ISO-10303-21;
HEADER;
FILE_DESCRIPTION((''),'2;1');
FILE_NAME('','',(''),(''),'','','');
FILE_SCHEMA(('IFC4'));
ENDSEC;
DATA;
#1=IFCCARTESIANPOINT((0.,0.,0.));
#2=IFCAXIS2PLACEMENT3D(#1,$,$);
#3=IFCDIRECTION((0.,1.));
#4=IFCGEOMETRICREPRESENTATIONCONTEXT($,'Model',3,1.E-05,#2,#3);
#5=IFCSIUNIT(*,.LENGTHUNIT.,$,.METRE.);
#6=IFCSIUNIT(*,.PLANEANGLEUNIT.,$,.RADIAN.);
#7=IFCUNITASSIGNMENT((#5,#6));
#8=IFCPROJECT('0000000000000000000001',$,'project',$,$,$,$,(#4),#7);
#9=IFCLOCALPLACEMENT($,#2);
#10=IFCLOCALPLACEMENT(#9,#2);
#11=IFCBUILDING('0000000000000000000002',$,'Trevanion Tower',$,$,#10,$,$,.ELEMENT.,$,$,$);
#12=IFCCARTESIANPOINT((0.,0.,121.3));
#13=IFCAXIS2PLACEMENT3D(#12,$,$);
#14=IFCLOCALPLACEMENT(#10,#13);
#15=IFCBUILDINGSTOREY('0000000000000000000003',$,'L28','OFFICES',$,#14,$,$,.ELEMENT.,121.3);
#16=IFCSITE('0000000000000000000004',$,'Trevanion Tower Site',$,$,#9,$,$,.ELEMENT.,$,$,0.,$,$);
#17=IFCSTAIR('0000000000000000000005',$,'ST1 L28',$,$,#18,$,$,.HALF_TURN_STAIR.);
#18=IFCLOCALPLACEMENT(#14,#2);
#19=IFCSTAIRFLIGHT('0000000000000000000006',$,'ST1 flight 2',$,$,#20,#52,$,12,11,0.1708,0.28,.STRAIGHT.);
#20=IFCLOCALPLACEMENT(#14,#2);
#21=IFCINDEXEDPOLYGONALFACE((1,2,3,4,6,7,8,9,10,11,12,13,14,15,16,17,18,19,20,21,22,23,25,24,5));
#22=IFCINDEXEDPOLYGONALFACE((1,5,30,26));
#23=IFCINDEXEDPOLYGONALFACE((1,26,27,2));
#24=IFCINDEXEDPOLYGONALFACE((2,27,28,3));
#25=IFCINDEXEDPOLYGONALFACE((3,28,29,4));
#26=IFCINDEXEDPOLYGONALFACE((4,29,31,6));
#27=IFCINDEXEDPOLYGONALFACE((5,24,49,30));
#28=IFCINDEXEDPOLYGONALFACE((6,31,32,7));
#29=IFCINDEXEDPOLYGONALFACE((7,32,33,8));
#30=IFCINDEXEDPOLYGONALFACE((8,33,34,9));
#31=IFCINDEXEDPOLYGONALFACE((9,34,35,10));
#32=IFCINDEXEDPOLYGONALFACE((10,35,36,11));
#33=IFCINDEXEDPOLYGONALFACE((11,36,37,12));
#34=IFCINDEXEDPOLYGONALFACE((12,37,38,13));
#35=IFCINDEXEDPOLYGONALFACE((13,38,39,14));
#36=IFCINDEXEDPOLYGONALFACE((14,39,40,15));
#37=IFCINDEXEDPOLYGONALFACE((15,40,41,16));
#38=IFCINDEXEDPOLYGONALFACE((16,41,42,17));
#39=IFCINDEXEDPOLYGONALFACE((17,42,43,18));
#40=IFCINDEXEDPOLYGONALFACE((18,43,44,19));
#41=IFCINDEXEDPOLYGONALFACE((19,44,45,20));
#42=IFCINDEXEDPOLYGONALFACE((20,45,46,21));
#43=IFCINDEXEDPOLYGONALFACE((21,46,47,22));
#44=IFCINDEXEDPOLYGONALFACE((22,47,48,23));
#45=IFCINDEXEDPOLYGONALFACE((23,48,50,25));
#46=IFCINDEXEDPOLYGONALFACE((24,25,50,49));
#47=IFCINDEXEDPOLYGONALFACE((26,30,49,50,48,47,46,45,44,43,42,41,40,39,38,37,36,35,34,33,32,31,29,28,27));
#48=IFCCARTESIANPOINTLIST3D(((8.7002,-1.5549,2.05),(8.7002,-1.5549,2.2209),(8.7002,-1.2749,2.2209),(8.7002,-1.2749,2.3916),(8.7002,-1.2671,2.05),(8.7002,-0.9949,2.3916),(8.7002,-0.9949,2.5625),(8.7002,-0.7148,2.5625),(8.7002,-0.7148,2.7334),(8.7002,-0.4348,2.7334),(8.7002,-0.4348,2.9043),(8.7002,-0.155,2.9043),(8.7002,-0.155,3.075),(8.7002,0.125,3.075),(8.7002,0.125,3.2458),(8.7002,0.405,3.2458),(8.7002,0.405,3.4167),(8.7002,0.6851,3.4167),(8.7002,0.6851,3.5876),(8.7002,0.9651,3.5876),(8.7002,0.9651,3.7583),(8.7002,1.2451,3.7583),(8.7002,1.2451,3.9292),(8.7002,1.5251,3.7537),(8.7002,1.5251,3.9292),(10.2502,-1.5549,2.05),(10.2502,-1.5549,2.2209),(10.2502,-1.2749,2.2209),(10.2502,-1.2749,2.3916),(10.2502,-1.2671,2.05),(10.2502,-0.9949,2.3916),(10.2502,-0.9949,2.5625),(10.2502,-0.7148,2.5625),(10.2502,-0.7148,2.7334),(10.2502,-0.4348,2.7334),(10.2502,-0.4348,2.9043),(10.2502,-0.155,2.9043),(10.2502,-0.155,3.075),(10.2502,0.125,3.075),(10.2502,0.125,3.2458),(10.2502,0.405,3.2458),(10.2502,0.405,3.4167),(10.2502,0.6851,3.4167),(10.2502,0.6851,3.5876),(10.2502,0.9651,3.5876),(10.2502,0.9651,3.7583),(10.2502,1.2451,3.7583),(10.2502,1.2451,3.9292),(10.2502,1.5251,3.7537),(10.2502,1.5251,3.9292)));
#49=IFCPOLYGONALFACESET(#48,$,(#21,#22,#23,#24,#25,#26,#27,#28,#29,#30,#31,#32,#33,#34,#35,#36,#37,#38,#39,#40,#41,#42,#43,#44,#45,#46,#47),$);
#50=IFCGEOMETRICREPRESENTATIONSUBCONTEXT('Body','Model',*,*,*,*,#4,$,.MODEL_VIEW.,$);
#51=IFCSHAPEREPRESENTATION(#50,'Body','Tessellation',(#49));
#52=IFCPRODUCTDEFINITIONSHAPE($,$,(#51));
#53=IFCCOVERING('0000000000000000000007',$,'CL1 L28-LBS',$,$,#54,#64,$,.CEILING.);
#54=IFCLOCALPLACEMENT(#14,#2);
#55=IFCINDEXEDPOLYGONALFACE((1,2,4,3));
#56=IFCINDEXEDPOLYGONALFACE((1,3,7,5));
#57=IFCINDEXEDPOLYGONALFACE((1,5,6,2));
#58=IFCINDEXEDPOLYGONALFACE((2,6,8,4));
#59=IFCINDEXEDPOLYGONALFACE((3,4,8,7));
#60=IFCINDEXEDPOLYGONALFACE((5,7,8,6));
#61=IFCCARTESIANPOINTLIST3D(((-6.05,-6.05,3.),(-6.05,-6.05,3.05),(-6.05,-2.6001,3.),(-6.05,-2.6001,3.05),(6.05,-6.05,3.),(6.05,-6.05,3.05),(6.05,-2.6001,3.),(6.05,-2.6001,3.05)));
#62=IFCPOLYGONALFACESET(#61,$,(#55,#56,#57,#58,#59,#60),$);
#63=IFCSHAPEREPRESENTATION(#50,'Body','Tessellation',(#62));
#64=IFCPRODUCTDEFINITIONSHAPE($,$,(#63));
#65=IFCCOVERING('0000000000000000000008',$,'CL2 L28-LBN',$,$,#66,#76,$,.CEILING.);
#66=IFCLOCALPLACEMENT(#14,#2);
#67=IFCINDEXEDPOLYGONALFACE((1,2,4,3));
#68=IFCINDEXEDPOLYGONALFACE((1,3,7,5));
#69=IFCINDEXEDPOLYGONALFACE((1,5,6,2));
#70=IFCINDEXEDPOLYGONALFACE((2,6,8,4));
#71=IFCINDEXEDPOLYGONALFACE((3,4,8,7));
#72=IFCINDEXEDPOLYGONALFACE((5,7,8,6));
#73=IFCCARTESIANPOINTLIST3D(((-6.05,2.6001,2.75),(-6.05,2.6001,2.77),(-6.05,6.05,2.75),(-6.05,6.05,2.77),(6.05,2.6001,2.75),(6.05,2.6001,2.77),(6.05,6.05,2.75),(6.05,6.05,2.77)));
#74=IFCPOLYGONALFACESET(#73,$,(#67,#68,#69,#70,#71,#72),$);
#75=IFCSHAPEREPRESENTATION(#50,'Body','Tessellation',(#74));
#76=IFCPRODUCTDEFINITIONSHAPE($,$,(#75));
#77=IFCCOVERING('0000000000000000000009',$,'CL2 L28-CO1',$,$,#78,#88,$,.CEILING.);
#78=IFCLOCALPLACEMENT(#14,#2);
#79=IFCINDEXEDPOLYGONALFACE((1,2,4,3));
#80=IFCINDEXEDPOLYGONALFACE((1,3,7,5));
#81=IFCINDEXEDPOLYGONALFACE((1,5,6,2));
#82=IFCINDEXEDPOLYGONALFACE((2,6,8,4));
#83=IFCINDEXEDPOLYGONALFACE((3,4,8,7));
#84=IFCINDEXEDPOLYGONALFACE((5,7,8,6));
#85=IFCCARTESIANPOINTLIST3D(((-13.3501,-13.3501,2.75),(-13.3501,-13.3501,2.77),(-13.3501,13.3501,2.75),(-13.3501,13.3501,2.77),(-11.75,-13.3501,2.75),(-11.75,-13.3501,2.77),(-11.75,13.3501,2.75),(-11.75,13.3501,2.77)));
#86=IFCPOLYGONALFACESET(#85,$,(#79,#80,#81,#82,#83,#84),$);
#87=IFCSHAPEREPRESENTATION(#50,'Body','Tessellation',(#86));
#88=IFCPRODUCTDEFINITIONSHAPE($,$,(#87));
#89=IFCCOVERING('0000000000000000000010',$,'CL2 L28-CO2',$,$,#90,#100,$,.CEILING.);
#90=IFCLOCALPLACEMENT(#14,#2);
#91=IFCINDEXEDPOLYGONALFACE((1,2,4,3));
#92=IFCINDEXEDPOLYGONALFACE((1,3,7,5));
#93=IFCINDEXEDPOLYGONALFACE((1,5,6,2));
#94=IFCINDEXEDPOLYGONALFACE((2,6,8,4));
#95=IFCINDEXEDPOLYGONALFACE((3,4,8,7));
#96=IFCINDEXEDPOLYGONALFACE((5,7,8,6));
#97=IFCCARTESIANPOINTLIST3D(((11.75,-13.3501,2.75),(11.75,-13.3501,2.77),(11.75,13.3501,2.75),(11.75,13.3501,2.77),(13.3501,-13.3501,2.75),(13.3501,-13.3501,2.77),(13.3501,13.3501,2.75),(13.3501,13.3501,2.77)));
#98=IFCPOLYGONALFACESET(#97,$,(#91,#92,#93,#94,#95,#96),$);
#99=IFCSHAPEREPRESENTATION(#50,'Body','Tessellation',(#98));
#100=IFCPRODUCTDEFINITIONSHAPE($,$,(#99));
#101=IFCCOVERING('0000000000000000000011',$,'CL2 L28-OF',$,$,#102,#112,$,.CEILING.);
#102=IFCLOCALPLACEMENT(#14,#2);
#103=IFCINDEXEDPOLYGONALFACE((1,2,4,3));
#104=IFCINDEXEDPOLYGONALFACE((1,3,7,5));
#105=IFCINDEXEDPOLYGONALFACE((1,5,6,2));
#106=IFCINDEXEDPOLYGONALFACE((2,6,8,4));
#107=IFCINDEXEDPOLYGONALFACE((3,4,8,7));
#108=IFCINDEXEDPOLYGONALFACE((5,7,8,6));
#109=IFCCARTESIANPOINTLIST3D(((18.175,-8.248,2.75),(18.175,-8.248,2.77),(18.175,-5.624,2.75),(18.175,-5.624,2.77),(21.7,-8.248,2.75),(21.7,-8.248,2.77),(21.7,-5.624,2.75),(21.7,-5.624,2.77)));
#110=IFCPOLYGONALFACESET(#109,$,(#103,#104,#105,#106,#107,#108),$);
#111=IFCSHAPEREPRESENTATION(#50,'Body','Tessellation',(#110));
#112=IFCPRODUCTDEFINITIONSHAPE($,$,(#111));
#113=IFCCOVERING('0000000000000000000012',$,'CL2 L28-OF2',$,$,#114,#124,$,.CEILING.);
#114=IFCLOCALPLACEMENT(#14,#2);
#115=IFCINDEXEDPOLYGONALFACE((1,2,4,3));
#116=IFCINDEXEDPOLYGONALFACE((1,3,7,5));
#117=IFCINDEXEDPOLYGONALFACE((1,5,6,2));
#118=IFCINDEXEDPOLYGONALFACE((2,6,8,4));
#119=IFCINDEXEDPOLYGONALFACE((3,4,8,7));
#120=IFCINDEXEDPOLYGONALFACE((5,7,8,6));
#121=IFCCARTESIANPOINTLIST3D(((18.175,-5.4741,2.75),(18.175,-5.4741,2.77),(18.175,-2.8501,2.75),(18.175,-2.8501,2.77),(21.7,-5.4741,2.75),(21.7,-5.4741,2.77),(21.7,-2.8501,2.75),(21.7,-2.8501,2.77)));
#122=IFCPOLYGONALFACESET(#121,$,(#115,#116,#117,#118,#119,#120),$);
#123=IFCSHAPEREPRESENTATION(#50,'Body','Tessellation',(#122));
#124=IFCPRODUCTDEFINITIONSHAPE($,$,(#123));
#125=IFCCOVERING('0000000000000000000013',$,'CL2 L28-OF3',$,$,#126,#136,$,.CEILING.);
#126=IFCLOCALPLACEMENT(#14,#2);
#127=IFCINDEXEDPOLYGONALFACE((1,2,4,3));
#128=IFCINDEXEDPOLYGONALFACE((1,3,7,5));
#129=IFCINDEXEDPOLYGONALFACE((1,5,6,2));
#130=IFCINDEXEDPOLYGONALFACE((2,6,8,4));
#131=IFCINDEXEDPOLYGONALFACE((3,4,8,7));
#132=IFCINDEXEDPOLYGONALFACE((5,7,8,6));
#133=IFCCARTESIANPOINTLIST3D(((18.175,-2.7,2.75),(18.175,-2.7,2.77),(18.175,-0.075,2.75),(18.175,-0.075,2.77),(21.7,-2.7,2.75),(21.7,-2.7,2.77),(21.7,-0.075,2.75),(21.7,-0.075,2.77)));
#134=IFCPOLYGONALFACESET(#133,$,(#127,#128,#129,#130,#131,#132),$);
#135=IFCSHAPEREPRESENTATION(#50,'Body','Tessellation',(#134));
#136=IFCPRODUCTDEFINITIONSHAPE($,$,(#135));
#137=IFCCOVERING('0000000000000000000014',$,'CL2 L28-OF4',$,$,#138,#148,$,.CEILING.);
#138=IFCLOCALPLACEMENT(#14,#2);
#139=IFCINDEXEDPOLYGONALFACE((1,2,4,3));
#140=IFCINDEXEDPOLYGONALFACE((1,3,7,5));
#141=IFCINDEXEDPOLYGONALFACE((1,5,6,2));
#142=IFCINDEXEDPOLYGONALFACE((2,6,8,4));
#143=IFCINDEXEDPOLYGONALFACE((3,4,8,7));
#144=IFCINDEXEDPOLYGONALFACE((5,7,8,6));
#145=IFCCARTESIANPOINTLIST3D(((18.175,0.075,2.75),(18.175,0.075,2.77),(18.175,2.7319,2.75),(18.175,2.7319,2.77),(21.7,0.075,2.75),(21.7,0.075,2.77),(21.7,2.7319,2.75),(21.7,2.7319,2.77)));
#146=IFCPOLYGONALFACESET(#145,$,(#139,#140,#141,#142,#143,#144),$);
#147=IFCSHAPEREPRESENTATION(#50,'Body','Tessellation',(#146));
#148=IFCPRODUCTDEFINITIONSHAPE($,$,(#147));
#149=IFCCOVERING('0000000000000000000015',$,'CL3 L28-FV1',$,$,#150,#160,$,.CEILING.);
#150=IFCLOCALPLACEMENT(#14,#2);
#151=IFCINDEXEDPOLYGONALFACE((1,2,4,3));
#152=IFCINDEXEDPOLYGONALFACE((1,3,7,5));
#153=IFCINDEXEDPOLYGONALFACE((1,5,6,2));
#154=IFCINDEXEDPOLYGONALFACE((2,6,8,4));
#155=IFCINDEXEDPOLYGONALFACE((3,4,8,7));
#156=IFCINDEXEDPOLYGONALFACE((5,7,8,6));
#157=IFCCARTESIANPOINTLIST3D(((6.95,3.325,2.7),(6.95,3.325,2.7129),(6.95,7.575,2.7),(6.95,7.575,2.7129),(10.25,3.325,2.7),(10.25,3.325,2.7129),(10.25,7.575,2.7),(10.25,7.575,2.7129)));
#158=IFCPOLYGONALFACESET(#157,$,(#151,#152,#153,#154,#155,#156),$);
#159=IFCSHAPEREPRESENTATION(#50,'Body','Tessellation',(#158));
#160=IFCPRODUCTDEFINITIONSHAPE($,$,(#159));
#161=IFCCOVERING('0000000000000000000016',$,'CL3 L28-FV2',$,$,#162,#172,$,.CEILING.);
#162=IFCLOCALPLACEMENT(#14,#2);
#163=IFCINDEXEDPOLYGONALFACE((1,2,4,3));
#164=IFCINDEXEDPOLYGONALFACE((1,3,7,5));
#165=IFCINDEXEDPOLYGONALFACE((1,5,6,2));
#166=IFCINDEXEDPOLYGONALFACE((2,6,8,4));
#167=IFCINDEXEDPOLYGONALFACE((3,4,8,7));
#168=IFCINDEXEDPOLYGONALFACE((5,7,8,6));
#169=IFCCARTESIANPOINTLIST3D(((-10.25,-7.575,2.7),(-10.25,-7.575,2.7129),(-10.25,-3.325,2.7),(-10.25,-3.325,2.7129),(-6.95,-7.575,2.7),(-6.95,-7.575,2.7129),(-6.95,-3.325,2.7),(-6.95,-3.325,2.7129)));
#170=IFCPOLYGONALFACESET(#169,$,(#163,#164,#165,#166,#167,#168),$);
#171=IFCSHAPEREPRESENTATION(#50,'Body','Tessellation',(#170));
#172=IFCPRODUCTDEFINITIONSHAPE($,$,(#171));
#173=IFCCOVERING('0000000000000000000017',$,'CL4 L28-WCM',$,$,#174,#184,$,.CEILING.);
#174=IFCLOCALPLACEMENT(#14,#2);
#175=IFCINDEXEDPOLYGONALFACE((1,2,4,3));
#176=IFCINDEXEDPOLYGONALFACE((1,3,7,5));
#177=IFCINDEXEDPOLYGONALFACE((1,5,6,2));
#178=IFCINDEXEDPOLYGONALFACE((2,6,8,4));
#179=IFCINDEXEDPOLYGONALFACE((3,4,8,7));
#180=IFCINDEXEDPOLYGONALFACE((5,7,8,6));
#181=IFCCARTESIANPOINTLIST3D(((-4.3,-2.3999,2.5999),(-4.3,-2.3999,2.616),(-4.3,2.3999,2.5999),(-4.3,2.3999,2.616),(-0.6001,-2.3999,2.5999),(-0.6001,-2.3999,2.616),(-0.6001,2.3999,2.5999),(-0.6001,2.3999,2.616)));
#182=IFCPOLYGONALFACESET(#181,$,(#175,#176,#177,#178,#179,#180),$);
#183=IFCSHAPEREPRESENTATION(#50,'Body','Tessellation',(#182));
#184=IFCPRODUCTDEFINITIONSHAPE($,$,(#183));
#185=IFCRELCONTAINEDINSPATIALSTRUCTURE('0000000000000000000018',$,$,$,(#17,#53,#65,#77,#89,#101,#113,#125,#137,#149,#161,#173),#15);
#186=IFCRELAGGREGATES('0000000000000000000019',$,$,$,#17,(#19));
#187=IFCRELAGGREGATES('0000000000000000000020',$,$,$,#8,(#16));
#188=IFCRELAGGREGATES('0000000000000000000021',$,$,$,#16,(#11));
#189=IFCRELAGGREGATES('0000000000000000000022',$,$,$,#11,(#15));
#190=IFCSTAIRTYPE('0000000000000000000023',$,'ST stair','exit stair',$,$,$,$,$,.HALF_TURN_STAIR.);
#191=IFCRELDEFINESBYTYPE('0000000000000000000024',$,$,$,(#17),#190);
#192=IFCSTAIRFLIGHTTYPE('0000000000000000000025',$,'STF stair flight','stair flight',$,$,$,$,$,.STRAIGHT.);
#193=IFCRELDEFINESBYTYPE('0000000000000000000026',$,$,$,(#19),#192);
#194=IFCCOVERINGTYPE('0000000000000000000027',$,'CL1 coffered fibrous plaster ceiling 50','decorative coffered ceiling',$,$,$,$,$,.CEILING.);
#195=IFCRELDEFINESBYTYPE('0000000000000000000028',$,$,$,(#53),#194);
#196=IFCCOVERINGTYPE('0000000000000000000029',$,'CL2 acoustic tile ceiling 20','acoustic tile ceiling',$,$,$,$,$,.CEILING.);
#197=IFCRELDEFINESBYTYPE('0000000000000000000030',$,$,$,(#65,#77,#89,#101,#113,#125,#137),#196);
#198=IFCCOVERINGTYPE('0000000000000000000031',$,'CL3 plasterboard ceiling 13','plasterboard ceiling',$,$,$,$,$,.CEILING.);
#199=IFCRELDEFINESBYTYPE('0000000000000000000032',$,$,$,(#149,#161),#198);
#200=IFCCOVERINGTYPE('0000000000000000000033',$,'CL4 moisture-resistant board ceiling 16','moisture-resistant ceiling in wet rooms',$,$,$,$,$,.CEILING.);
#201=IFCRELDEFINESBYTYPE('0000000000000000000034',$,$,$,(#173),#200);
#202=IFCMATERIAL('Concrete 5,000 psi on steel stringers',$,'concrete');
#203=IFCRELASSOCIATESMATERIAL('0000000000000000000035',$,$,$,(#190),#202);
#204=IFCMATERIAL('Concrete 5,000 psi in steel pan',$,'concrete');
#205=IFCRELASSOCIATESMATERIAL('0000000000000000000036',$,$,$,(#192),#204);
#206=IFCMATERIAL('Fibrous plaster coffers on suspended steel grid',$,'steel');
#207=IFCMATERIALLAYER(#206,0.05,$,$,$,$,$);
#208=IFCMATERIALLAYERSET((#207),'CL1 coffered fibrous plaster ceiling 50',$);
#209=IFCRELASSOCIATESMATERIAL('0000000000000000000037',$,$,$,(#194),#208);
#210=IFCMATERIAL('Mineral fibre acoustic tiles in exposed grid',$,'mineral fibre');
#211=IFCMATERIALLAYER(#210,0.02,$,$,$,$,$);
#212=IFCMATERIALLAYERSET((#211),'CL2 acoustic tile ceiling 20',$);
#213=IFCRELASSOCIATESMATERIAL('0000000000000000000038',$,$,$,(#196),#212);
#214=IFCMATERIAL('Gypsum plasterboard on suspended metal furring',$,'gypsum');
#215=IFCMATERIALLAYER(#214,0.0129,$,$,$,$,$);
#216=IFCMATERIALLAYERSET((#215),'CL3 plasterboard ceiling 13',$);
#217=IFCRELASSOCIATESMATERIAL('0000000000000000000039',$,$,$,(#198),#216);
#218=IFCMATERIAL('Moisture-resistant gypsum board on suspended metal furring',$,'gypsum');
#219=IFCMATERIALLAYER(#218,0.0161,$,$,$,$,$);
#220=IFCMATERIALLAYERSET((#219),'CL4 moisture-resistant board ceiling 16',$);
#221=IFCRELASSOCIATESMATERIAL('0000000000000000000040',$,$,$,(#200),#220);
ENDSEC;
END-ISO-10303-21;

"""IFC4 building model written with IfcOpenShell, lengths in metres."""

from ifc_helpers import new_model, si_unit, direction, frame, origin, place, context, subcontext, project, spatial, polyline, outline, extrude, material, layer, layer_set, type_object, element, aggregate, save


model = new_model("IFC4")

# Units and contexts
model_context = context("Model", 3, precision=1e-05, world=origin(), true_north=direction((0.0, 1.0)))
body_context = subcontext(model_context, "Body", "Model", "MODEL_VIEW")
ifc_project = project(units=[si_unit("LENGTHUNIT", "METRE"), si_unit("PLANEANGLEUNIT", "RADIAN")], contexts=[model_context])

# Site, building, storey
site_placement = place(None, origin())
site = spatial("IfcSite", under=ifc_project, at=site_placement, Name="Trevanion Tower Site", CompositionType="ELEMENT", RefElevation=0.0)
building_placement = place(site_placement, origin())
building = spatial("IfcBuilding", under=site, at=building_placement, Name="Trevanion Tower", CompositionType="ELEMENT")
storey_placement = place(building_placement, frame((0.0, 0.0, 121.3)))
storey = spatial("IfcBuildingStorey", under=building, at=storey_placement, Name="L28", Description="OFFICES", CompositionType="ELEMENT", Elevation=121.3)

# Stair, stair flight
ifc_material_1 = material(Name="Concrete 5,000 psi on steel stringers", Category="concrete")
stair_type = type_object("IfcStairType", Name="ST stair", Description="exit stair", PredefinedType="HALF_TURN_STAIR", material=ifc_material_1)
stair_placement = place(storey_placement, origin())
stair = element("IfcStair", 1, at=stair_placement, inside=storey, type_object=stair_type, Name="ST1 L28", PredefinedType="HALF_TURN_STAIR")
ifc_material_2 = material(Name="Concrete 5,000 psi in steel pan", Category="concrete")
stair_flight_type = type_object("IfcStairFlightType", Name="STF stair flight", Description="stair flight", PredefinedType="STRAIGHT", material=ifc_material_2)
stair_flight_placement = place(storey_placement, frame((9.4751, -1.5549, 2.05), z_axis=(0.0, 0.0, 1.0), x_axis=(0.0, 1.0, 0.0)))
stair_flight = element("IfcStairFlight", 2, at=stair_flight_placement, type_object=stair_flight_type, Name="ST1 flight 2", NumberOfRisers=12, NumberOfTreads=11, PredefinedType="STRAIGHT", RiserHeight=0.1708, TreadLength=0.28, context=body_context, shape_type="SweptSolid", body=[
    extrude(outline(polyline([(0.0, 0.0), (0.0, 0.1709), (0.28, 0.1709), (0.28, 0.3416), (0.5601, 0.3416), (0.5601, 0.5125), (0.8401, 0.5125), (0.8401, 0.6833), (1.1201, 0.6833), (1.1201, 0.8542), (1.3999, 0.8542), (1.3999, 1.0249), (1.6799, 1.0249), (1.6799, 1.1958), (1.96, 1.1958), (1.96, 1.3667), (2.24, 1.3667), (2.24, 1.5376), (2.52, 1.5376), (2.52, 1.7083), (2.8, 1.7083), (2.8, 1.8792), (3.0801, 1.8792), (3.0801, 2.05), (3.0801, 1.7036), (0.2878, 0.0), (0.0, 0.0)])), frame((0.0, 0.7749, 0.0), z_axis=(0.0, -1.0, 0.0), x_axis=(1.0, 0.0, 0.0)), (0.0, 0.0, 1.0), 1.55),
])
aggregate(stair, [stair_flight])

# Coverings
ifc_material_3 = material(Name="Fibrous plaster coffers on suspended steel grid", Category="steel")
ifc_layer_1 = layer(ifc_material_3, 0.05)
ifc_layer_set_1 = layer_set([ifc_layer_1], Name="CL1 coffered fibrous plaster ceiling 50")
covering_type_1 = type_object("IfcCoveringType", Name="CL1 coffered fibrous plaster ceiling 50", Description="decorative coffered ceiling", PredefinedType="CEILING", material=ifc_layer_set_1)
covering_1_placement = place(storey_placement, frame((0.0, 0.0, 3.0)))
element("IfcCovering", 3, at=covering_1_placement, inside=storey, type_object=covering_type_1, Name="CL1 L28-LBS", PredefinedType="CEILING", context=body_context, shape_type="SweptSolid", body=[
    extrude(outline(polyline([(6.05, -6.05), (6.05, -2.6001), (-6.05, -2.6001), (-6.05, -6.05), (6.05, -6.05)])), origin(), (0.0, 0.0, 1.0), 0.05),
])
ifc_material_4 = material(Name="Mineral fibre acoustic tiles in exposed grid", Category="mineral fibre")
ifc_layer_2 = layer(ifc_material_4, 0.02)
ifc_layer_set_2 = layer_set([ifc_layer_2], Name="CL2 acoustic tile ceiling 20")
covering_type_2 = type_object("IfcCoveringType", Name="CL2 acoustic tile ceiling 20", Description="acoustic tile ceiling", PredefinedType="CEILING", material=ifc_layer_set_2)
covering_2_placement = place(storey_placement, frame((0.0, 0.0, 2.75)))
element("IfcCovering", 4, at=covering_2_placement, inside=storey, type_object=covering_type_2, Name="CL2 L28-LBN", PredefinedType="CEILING", context=body_context, shape_type="SweptSolid", body=[
    extrude(outline(polyline([(6.05, 2.6001), (6.05, 6.05), (-6.05, 6.05), (-6.05, 2.6001), (6.05, 2.6001)])), origin(), (0.0, 0.0, 1.0), 0.02),
])
covering_3_placement = place(storey_placement, frame((0.0, 0.0, 2.75)))
element("IfcCovering", 5, at=covering_3_placement, inside=storey, type_object=covering_type_2, Name="CL2 L28-CO1", PredefinedType="CEILING", context=body_context, shape_type="SweptSolid", body=[
    extrude(outline(polyline([(-11.75, 13.3501), (-11.75, -13.3501), (-13.3501, -13.3501), (-13.3501, 13.3501), (-11.75, 13.3501)])), origin(), (0.0, 0.0, 1.0), 0.02),
])
covering_4_placement = place(storey_placement, frame((0.0, 0.0, 2.75)))
element("IfcCovering", 6, at=covering_4_placement, inside=storey, type_object=covering_type_2, Name="CL2 L28-CO2", PredefinedType="CEILING", context=body_context, shape_type="SweptSolid", body=[
    extrude(outline(polyline([(11.75, 13.3501), (13.3501, 13.3501), (13.3501, -13.3501), (11.75, -13.3501), (11.75, 13.3501)])), origin(), (0.0, 0.0, 1.0), 0.02),
])
covering_5_placement = place(storey_placement, frame((0.0, 0.0, 2.75)))
element("IfcCovering", 7, at=covering_5_placement, inside=storey, type_object=covering_type_2, Name="CL2 L28-OF", PredefinedType="CEILING", context=body_context, shape_type="SweptSolid", body=[
    extrude(outline(polyline([(18.175, -8.248), (18.175, -5.624), (21.7, -5.624), (21.7, -8.248), (18.175, -8.248)])), origin(), (0.0, 0.0, 1.0), 0.02),
])
covering_6_placement = place(storey_placement, frame((0.0, 0.0, 2.75)))
element("IfcCovering", 8, at=covering_6_placement, inside=storey, type_object=covering_type_2, Name="CL2 L28-OF2", PredefinedType="CEILING", context=body_context, shape_type="SweptSolid", body=[
    extrude(outline(polyline([(18.175, -5.4741), (18.175, -2.8501), (21.7, -2.8501), (21.7, -5.4741), (18.175, -5.4741)])), origin(), (0.0, 0.0, 1.0), 0.02),
])
covering_7_placement = place(storey_placement, frame((0.0, 0.0, 2.75)))
element("IfcCovering", 9, at=covering_7_placement, inside=storey, type_object=covering_type_2, Name="CL2 L28-OF3", PredefinedType="CEILING", context=body_context, shape_type="SweptSolid", body=[
    extrude(outline(polyline([(18.175, -2.7), (18.175, -0.075), (21.7, -0.075), (21.7, -2.7), (18.175, -2.7)])), origin(), (0.0, 0.0, 1.0), 0.02),
])
covering_8_placement = place(storey_placement, frame((0.0, 0.0, 2.75)))
element("IfcCovering", 10, at=covering_8_placement, inside=storey, type_object=covering_type_2, Name="CL2 L28-OF4", PredefinedType="CEILING", context=body_context, shape_type="SweptSolid", body=[
    extrude(outline(polyline([(18.175, 0.075), (18.175, 2.7319), (21.7, 2.7319), (21.7, 0.075), (18.175, 0.075)])), origin(), (0.0, 0.0, 1.0), 0.02),
])
ifc_material_5 = material(Name="Gypsum plasterboard on suspended metal furring", Category="gypsum")
ifc_layer_3 = layer(ifc_material_5, 0.0129)
ifc_layer_set_3 = layer_set([ifc_layer_3], Name="CL3 plasterboard ceiling 13")
covering_type_3 = type_object("IfcCoveringType", Name="CL3 plasterboard ceiling 13", Description="plasterboard ceiling", PredefinedType="CEILING", material=ifc_layer_set_3)
covering_9_placement = place(storey_placement, frame((0.0, 0.0, 2.7)))
element("IfcCovering", 11, at=covering_9_placement, inside=storey, type_object=covering_type_3, Name="CL3 L28-FV1", PredefinedType="CEILING", context=body_context, shape_type="SweptSolid", body=[
    extrude(outline(polyline([(10.25, 3.325), (10.25, 7.575), (6.95, 7.575), (6.95, 3.325), (10.25, 3.325)])), origin(), (0.0, 0.0, 1.0), 0.0129),
])
covering_10_placement = place(storey_placement, frame((0.0, 0.0, 2.7)))
element("IfcCovering", 12, at=covering_10_placement, inside=storey, type_object=covering_type_3, Name="CL3 L28-FV2", PredefinedType="CEILING", context=body_context, shape_type="SweptSolid", body=[
    extrude(outline(polyline([(-10.25, -3.325), (-10.25, -7.575), (-6.95, -7.575), (-6.95, -3.325), (-10.25, -3.325)])), origin(), (0.0, 0.0, 1.0), 0.0129),
])
ifc_material_6 = material(Name="Moisture-resistant gypsum board on suspended metal furring", Category="gypsum")
ifc_layer_4 = layer(ifc_material_6, 0.0161)
ifc_layer_set_4 = layer_set([ifc_layer_4], Name="CL4 moisture-resistant board ceiling 16")
covering_type_4 = type_object("IfcCoveringType", Name="CL4 moisture-resistant board ceiling 16", Description="moisture-resistant ceiling in wet rooms", PredefinedType="CEILING", material=ifc_layer_set_4)
covering_11_placement = place(storey_placement, frame((0.0, 0.0, 2.5999)))
element("IfcCovering", 13, at=covering_11_placement, inside=storey, type_object=covering_type_4, Name="CL4 L28-WCM", PredefinedType="CEILING", context=body_context, shape_type="SweptSolid", body=[
    extrude(outline(polyline([(-0.6001, -2.3999), (-0.6001, 2.3999), (-4.3, 2.3999), (-4.3, -2.3999), (-0.6001, -2.3999)])), origin(), (0.0, 0.0, 1.0), 0.0161),
])

save(model, "model.ifc")
